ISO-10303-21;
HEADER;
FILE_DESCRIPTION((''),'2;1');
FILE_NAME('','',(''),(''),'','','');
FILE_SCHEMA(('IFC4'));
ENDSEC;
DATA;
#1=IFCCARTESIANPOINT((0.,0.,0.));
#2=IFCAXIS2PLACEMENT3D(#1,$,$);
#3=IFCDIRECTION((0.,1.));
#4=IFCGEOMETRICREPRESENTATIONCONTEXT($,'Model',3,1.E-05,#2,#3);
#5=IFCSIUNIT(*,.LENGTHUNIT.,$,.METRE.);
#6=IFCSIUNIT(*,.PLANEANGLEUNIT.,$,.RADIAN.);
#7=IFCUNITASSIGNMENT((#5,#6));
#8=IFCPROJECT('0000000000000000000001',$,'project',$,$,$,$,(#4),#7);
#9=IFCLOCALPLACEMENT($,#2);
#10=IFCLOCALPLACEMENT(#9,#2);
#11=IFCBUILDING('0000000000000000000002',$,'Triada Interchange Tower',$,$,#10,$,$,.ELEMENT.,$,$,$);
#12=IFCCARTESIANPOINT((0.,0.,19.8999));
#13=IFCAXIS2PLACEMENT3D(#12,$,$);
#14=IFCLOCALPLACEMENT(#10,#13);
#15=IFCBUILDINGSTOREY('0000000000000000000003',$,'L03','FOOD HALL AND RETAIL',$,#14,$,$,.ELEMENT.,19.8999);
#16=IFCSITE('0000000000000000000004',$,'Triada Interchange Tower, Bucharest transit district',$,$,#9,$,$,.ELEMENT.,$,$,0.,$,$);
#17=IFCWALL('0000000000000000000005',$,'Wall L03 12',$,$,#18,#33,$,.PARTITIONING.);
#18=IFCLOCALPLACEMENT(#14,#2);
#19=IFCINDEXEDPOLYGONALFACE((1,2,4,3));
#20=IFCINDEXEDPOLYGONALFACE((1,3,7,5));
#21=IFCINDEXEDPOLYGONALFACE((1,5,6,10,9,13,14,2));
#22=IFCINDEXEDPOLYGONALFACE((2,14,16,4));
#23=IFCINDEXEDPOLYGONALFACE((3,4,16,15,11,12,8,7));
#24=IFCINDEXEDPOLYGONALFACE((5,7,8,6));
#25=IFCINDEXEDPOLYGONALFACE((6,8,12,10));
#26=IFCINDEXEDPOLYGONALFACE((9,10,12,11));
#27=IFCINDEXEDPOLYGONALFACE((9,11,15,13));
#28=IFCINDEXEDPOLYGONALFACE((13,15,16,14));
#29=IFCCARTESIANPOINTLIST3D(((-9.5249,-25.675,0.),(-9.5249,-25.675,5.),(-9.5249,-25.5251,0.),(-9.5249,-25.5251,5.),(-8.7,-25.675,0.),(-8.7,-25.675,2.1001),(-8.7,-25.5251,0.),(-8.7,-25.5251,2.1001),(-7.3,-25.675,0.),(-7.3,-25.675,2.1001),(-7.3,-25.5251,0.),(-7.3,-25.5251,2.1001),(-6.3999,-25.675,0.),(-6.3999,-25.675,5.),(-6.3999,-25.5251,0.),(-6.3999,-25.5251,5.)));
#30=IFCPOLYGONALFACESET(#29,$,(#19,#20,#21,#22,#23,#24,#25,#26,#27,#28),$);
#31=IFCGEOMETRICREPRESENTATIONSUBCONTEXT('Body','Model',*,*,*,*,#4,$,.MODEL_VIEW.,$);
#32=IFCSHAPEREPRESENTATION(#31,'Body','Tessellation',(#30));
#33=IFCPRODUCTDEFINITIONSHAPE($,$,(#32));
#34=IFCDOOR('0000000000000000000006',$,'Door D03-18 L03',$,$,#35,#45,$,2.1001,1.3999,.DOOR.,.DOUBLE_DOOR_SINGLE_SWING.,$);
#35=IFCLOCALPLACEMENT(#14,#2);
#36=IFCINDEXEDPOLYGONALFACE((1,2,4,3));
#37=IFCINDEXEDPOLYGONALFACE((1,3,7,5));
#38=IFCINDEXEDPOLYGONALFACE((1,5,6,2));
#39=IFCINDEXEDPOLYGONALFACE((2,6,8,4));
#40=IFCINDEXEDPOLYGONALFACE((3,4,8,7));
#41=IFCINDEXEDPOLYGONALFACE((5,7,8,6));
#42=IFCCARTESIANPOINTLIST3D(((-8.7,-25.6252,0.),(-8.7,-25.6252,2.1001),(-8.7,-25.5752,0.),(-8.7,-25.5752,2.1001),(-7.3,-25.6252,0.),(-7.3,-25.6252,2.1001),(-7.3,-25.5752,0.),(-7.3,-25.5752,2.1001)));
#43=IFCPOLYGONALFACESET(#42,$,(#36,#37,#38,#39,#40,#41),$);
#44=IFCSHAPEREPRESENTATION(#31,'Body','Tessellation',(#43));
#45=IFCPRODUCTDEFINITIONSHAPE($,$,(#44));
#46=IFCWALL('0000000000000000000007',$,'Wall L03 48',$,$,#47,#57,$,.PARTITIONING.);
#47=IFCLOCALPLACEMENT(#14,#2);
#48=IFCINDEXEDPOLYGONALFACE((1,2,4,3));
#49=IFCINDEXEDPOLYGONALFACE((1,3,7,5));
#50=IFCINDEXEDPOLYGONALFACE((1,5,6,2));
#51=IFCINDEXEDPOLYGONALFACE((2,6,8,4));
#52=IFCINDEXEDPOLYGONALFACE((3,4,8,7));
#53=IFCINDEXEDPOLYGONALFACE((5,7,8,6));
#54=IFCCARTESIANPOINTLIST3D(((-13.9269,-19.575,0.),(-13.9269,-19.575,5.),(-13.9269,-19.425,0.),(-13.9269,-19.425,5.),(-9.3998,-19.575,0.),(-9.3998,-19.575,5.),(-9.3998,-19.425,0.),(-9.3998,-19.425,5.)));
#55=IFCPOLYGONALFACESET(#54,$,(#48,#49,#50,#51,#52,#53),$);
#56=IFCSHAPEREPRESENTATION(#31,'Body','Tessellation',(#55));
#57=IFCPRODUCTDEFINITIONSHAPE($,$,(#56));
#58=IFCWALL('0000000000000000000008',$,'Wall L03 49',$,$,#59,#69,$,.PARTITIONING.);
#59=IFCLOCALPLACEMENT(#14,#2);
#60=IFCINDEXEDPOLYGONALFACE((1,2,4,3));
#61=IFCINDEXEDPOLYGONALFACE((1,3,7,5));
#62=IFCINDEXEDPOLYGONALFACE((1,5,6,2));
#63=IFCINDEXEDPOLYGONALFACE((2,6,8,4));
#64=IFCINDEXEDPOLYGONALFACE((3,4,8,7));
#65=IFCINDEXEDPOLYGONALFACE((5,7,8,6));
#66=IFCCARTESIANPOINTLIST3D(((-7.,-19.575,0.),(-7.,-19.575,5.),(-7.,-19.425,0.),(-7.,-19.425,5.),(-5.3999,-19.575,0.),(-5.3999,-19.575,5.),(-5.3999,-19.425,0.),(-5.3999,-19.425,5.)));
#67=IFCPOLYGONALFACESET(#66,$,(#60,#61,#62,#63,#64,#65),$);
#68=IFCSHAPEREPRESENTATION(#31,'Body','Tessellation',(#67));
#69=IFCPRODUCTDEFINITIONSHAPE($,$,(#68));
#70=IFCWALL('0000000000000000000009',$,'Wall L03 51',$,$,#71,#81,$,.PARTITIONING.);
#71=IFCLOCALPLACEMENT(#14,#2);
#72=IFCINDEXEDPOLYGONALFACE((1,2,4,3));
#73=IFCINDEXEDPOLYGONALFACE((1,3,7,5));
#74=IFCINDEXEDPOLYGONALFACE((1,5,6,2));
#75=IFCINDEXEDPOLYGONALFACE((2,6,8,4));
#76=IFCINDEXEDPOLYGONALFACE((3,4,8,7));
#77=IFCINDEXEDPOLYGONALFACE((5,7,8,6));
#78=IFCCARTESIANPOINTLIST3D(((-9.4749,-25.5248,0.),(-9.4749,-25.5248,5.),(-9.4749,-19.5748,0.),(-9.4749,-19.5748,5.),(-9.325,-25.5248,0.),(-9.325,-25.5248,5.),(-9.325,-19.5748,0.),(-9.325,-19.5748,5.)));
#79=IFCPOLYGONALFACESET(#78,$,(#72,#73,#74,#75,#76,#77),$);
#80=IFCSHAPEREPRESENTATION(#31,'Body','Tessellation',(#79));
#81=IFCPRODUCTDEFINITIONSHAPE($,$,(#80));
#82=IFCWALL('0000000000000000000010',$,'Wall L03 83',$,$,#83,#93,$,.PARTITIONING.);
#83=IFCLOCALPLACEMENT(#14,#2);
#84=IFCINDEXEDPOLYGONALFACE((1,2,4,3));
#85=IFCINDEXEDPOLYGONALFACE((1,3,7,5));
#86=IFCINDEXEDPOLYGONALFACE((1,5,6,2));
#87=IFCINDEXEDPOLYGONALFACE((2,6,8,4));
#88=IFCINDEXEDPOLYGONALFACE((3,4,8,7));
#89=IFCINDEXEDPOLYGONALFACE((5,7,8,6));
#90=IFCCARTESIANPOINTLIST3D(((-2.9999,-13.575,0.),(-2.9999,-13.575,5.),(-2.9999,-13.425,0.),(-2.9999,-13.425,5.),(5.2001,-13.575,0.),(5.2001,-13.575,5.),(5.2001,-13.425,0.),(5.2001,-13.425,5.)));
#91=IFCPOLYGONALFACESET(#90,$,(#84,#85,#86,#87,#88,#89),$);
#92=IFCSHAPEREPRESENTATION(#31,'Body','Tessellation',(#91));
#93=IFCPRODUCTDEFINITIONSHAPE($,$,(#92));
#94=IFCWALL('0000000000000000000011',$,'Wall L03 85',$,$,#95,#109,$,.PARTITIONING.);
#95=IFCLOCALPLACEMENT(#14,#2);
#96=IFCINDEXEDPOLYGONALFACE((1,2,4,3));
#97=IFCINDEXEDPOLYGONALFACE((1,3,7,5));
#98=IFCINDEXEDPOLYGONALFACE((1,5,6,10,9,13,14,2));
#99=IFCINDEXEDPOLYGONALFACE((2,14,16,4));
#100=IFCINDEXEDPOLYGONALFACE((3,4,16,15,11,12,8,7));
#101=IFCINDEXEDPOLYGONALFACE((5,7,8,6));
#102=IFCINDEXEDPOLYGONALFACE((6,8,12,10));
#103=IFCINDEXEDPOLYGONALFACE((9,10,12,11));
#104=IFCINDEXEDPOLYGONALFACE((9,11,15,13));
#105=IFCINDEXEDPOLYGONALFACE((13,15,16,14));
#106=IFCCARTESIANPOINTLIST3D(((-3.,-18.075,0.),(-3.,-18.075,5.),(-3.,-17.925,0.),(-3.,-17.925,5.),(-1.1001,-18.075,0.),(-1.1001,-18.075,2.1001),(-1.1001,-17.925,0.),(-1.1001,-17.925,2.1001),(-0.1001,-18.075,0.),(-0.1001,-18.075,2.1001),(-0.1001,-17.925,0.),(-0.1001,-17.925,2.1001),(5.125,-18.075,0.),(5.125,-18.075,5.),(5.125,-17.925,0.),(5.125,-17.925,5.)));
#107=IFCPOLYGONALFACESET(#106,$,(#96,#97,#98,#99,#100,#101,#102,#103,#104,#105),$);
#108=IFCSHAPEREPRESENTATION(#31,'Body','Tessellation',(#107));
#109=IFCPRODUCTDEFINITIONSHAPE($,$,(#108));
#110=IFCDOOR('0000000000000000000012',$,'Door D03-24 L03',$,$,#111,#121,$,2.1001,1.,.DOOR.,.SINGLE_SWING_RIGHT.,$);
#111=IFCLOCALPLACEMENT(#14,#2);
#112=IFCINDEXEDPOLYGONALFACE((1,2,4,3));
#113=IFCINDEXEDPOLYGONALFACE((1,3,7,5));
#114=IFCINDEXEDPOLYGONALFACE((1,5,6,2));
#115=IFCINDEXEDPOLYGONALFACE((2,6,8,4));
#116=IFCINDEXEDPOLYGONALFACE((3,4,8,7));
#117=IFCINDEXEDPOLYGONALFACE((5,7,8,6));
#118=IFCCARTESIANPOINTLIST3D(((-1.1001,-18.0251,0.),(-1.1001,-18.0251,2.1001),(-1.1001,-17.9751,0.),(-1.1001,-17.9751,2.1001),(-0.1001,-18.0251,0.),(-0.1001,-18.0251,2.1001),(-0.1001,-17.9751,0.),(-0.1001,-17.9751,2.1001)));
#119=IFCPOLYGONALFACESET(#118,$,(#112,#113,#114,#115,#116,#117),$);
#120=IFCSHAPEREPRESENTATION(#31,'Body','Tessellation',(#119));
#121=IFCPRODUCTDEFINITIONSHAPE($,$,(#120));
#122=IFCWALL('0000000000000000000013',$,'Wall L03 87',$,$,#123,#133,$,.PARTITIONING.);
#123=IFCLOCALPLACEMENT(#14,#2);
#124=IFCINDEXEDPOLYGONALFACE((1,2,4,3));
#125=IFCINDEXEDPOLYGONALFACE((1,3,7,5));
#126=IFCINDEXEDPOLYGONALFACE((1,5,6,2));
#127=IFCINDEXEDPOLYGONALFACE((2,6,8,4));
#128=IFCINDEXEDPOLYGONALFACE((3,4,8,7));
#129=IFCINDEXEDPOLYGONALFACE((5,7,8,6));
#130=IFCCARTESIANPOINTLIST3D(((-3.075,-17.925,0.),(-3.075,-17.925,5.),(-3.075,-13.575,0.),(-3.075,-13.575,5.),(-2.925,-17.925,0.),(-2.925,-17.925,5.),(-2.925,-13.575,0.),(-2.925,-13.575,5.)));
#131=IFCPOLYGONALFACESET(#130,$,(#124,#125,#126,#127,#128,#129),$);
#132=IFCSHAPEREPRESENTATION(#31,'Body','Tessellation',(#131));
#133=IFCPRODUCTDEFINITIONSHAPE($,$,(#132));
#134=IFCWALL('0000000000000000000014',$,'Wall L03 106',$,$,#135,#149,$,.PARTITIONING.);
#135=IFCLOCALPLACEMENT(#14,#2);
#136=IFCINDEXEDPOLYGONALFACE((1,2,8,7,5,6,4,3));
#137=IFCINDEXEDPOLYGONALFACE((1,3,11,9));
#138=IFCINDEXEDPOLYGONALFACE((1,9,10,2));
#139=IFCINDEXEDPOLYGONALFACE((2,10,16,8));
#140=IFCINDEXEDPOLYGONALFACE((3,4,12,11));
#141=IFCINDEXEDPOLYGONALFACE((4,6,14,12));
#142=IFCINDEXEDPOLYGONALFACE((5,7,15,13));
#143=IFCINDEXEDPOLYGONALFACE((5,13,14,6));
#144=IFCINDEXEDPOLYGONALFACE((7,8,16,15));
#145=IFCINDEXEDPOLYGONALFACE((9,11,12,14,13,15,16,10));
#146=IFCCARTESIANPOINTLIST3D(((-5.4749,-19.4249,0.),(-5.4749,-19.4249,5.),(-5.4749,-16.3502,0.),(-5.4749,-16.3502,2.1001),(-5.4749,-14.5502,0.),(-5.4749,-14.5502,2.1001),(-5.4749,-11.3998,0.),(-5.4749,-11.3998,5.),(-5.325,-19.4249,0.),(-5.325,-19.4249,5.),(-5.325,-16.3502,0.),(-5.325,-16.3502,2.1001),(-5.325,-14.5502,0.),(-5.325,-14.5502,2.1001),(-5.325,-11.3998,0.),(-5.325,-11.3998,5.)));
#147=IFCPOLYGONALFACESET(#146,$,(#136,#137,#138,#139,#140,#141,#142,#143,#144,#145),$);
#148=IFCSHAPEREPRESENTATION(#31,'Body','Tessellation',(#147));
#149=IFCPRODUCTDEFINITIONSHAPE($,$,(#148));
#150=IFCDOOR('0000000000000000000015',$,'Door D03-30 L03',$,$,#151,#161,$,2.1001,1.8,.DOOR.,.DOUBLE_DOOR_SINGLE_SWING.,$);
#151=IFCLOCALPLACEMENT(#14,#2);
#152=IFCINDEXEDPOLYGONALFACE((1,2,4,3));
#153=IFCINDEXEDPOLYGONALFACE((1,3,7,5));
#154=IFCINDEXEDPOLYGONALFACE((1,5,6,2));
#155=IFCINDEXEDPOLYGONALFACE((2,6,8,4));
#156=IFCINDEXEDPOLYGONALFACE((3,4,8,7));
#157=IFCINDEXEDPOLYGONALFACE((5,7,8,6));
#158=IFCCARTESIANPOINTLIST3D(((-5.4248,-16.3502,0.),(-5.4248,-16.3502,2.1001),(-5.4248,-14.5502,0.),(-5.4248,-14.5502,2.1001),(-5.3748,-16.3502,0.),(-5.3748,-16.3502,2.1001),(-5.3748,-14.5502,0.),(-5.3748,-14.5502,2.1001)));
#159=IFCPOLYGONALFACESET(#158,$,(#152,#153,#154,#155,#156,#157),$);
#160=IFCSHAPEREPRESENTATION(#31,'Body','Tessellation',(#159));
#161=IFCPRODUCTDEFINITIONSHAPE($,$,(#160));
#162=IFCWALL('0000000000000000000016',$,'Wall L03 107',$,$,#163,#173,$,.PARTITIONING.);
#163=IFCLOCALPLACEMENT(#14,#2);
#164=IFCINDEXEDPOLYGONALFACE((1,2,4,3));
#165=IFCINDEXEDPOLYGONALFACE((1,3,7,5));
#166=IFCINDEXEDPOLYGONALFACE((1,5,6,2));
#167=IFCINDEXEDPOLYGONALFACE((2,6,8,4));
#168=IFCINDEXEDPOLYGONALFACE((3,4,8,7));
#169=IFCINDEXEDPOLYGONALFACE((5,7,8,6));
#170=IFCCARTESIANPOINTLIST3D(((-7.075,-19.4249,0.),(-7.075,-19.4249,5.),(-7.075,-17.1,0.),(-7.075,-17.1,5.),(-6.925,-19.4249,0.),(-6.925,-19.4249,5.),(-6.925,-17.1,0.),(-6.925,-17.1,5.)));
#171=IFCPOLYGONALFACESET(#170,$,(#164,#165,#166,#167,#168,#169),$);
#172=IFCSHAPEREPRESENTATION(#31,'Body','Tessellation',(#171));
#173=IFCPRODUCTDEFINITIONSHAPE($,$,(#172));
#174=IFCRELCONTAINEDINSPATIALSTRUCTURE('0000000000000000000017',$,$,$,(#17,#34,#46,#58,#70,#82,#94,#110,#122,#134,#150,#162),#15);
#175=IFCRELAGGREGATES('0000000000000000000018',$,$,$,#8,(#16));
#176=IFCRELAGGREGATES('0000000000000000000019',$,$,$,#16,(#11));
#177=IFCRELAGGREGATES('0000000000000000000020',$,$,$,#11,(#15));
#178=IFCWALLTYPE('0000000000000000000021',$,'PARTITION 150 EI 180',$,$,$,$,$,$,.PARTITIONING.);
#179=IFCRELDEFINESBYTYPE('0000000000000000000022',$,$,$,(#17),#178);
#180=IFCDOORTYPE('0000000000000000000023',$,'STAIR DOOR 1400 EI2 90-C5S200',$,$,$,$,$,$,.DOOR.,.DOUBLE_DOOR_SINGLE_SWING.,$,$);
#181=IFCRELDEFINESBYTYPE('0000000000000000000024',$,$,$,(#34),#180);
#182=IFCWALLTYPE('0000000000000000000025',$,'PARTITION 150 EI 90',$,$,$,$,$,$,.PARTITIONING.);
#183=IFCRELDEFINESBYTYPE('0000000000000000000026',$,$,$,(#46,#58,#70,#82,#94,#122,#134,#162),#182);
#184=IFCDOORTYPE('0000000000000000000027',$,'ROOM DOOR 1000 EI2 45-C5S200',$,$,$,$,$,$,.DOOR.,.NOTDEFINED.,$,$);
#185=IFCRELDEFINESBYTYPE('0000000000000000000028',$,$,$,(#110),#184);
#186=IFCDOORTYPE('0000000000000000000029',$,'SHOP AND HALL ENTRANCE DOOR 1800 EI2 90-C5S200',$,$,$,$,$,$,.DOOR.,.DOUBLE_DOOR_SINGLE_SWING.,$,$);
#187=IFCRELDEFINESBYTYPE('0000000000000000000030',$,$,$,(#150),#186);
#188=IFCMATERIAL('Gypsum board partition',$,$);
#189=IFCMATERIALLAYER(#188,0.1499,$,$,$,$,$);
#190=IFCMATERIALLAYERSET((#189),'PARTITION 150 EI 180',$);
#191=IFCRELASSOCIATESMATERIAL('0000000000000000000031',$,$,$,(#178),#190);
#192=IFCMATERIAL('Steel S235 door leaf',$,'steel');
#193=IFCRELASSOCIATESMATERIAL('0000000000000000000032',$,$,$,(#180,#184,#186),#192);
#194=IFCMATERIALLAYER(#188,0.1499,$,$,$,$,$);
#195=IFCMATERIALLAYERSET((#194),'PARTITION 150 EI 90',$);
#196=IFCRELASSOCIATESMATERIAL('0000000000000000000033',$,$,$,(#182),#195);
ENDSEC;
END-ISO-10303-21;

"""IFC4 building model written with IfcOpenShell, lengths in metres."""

from ifc_helpers import new_model, si_unit, direction, frame, frame_2d, origin, place, context, subcontext, project, spatial, rectangle, extrude, material, layer, layer_set, type_object, element, fill, save


model = new_model("IFC4")

# Units and contexts
model_context = context("Model", 3, precision=1e-05, world=origin(), true_north=direction((0.0, 1.0)))
body_context = subcontext(model_context, "Body", "Model", "MODEL_VIEW")
ifc_project = project(units=[si_unit("LENGTHUNIT", "METRE"), si_unit("PLANEANGLEUNIT", "RADIAN")], contexts=[model_context])

# Site, building, storey
site_placement = place(None, origin())
site = spatial("IfcSite", under=ifc_project, at=site_placement, Name="Triada Interchange Tower, Bucharest transit district", CompositionType="ELEMENT", RefElevation=0.0)
building_placement = place(site_placement, origin())
building = spatial("IfcBuilding", under=site, at=building_placement, Name="Triada Interchange Tower", CompositionType="ELEMENT")
storey_placement = place(building_placement, frame((0.0, 0.0, 19.8999)))
storey = spatial("IfcBuildingStorey", under=building, at=storey_placement, Name="L03", Description="FOOD HALL AND RETAIL", CompositionType="ELEMENT", Elevation=19.8999)

# Shared definitions
ifc_material_1 = material(Name="Steel S235 door leaf", Category="steel")

# Wall, opening, door
ifc_material_2 = material(Name="Gypsum board partition")
ifc_layer_1 = layer(ifc_material_2, 0.1499)
ifc_layer_set_1 = layer_set([ifc_layer_1], Name="PARTITION 150 EI 180")
wall_type_1 = type_object("IfcWallType", Name="PARTITION 150 EI 180", PredefinedType="PARTITIONING", material=ifc_layer_set_1)
wall_1_placement = place(storey_placement, frame((-9.5249, -25.6001, 0.0), z_axis=(0.0, 0.0, 1.0), x_axis=(1.0, 0.0, 0.0)))
wall_1 = element("IfcWall", 1, at=wall_1_placement, inside=storey, type_object=wall_type_1, Name="Wall L03 12", PredefinedType="PARTITIONING", context=body_context, shape_type="SweptSolid", body=[
    extrude(rectangle(XDim=3.125, YDim=0.1499, at=frame_2d((1.5625, 0.0))), origin(), (0.0, 0.0, 1.0), 5.0),
])
opening_1_placement = place(wall_1_placement, frame((0.825, 0.0, 0.0)))
opening_1 = element("IfcOpeningElement", 2, at=opening_1_placement, cuts=wall_1, PredefinedType="OPENING", context=body_context, shape_type="SweptSolid", body=[
    extrude(rectangle(XDim=1.3999, YDim=2.1001, at=frame_2d((0.7, 1.05))), frame((0.0, 0.085, 0.0), z_axis=(0.0, -1.0, 0.0), x_axis=(1.0, 0.0, 0.0)), (0.0, 0.0, 1.0), 0.1699),
])
door_type_1 = type_object("IfcDoorType", Name="STAIR DOOR 1400 EI2 90-C5S200", OperationType="DOUBLE_DOOR_SINGLE_SWING", PredefinedType="DOOR", material=ifc_material_1)
door_1_placement = place(opening_1_placement, origin())
door_1 = element("IfcDoor", 3, at=door_1_placement, inside=storey, type_object=door_type_1, Name="Door D03-18 L03", OperationType="DOUBLE_DOOR_SINGLE_SWING", OverallHeight=2.1001, OverallWidth=1.3999, PredefinedType="DOOR", context=body_context, shape_type="SweptSolid", body=[
    extrude(rectangle(XDim=1.3999, YDim=2.1001, at=frame_2d((0.7, 1.05))), frame((0.0, 0.0249, 0.0), z_axis=(0.0, -1.0, 0.0), x_axis=(1.0, 0.0, 0.0)), (0.0, 0.0, 1.0), 0.05),
])
fill(opening_1, door_1)

# Walls
ifc_layer_2 = layer(ifc_material_2, 0.1499)
ifc_layer_set_2 = layer_set([ifc_layer_2], Name="PARTITION 150 EI 90")
wall_type_2 = type_object("IfcWallType", Name="PARTITION 150 EI 90", PredefinedType="PARTITIONING", material=ifc_layer_set_2)
wall_2_placement = place(storey_placement, frame((-13.927, -19.5, 0.0), z_axis=(0.0, 0.0, 1.0), x_axis=(1.0, 0.0, 0.0)))
element("IfcWall", 4, at=wall_2_placement, inside=storey, type_object=wall_type_2, Name="Wall L03 48", PredefinedType="PARTITIONING", context=body_context, shape_type="SweptSolid", body=[
    extrude(rectangle(XDim=4.5271, YDim=0.1499, at=frame_2d((2.2637, 0.0))), origin(), (0.0, 0.0, 1.0), 5.0),
])
wall_3_placement = place(storey_placement, frame((-7.0, -19.5, 0.0), z_axis=(0.0, 0.0, 1.0), x_axis=(1.0, 0.0, 0.0)))
element("IfcWall", 5, at=wall_3_placement, inside=storey, type_object=wall_type_2, Name="Wall L03 49", PredefinedType="PARTITIONING", context=body_context, shape_type="SweptSolid", body=[
    extrude(rectangle(XDim=1.6001, YDim=0.1499, at=frame_2d((0.8, 0.0))), origin(), (0.0, 0.0, 1.0), 5.0),
])
wall_4_placement = place(storey_placement, frame((-9.3999, -25.5249, 0.0), z_axis=(0.0, 0.0, 1.0), x_axis=(0.0, 1.0, 0.0)))
element("IfcWall", 6, at=wall_4_placement, inside=storey, type_object=wall_type_2, Name="Wall L03 51", PredefinedType="PARTITIONING", context=body_context, shape_type="SweptSolid", body=[
    extrude(rectangle(XDim=5.95, YDim=0.1499, at=frame_2d((2.9751, 0.0))), origin(), (0.0, 0.0, 1.0), 5.0),
])
wall_5_placement = place(storey_placement, frame((-3.0, -13.5, 0.0), z_axis=(0.0, 0.0, 1.0), x_axis=(1.0, 0.0, 0.0)))
element("IfcWall", 7, at=wall_5_placement, inside=storey, type_object=wall_type_2, Name="Wall L03 83", PredefinedType="PARTITIONING", context=body_context, shape_type="SweptSolid", body=[
    extrude(rectangle(XDim=8.2, YDim=0.1499, at=frame_2d((4.1001, 0.0))), origin(), (0.0, 0.0, 1.0), 5.0),
])

# Wall, opening, door
wall_6_placement = place(storey_placement, frame((-3.0, -18.0, 0.0), z_axis=(0.0, 0.0, 1.0), x_axis=(1.0, 0.0, 0.0)))
wall_6 = element("IfcWall", 8, at=wall_6_placement, inside=storey, type_object=wall_type_2, Name="Wall L03 85", PredefinedType="PARTITIONING", context=body_context, shape_type="SweptSolid", body=[
    extrude(rectangle(XDim=8.125, YDim=0.1499, at=frame_2d((4.0625, 0.0))), origin(), (0.0, 0.0, 1.0), 5.0),
])
opening_2_placement = place(wall_6_placement, frame((1.8999, 0.0, 0.0)))
opening_2 = element("IfcOpeningElement", 9, at=opening_2_placement, cuts=wall_6, PredefinedType="OPENING", context=body_context, shape_type="SweptSolid", body=[
    extrude(rectangle(XDim=1.0, YDim=2.1001, at=frame_2d((0.5, 1.05))), frame((0.0, 0.085, 0.0), z_axis=(0.0, -1.0, 0.0), x_axis=(1.0, 0.0, 0.0)), (0.0, 0.0, 1.0), 0.1699),
])
door_type_2 = type_object("IfcDoorType", Name="ROOM DOOR 1000 EI2 45-C5S200", OperationType="NOTDEFINED", PredefinedType="DOOR", material=ifc_material_1)
door_2_placement = place(opening_2_placement, origin())
door_2 = element("IfcDoor", 10, at=door_2_placement, inside=storey, type_object=door_type_2, Name="Door D03-24 L03", OperationType="SINGLE_SWING_RIGHT", OverallHeight=2.1001, OverallWidth=1.0, PredefinedType="DOOR", context=body_context, shape_type="SweptSolid", body=[
    extrude(rectangle(XDim=1.0, YDim=2.1001, at=frame_2d((0.5, 1.05))), frame((0.0, 0.0249, 0.0), z_axis=(0.0, -1.0, 0.0), x_axis=(1.0, 0.0, 0.0)), (0.0, 0.0, 1.0), 0.05),
])
fill(opening_2, door_2)

# Wall
wall_7_placement = place(storey_placement, frame((-3.0, -17.925, 0.0), z_axis=(0.0, 0.0, 1.0), x_axis=(0.0, 1.0, 0.0)))
element("IfcWall", 11, at=wall_7_placement, inside=storey, type_object=wall_type_2, Name="Wall L03 87", PredefinedType="PARTITIONING", context=body_context, shape_type="SweptSolid", body=[
    extrude(rectangle(XDim=4.3501, YDim=0.1499, at=frame_2d((2.175, 0.0))), origin(), (0.0, 0.0, 1.0), 5.0),
])

# Wall, opening, door
wall_8_placement = place(storey_placement, frame((-5.3999, -19.425, 0.0), z_axis=(0.0, 0.0, 1.0), x_axis=(0.0, 1.0, 0.0)))
wall_8 = element("IfcWall", 12, at=wall_8_placement, inside=storey, type_object=wall_type_2, Name="Wall L03 106", PredefinedType="PARTITIONING", context=body_context, shape_type="SweptSolid", body=[
    extrude(rectangle(XDim=8.0251, YDim=0.1499, at=frame_2d((4.0127, 0.0))), origin(), (0.0, 0.0, 1.0), 5.0),
])
opening_3_placement = place(wall_8_placement, frame((3.075, 0.0, 0.0)))
opening_3 = element("IfcOpeningElement", 13, at=opening_3_placement, cuts=wall_8, PredefinedType="OPENING", context=body_context, shape_type="SweptSolid", body=[
    extrude(rectangle(XDim=1.8, YDim=2.1001, at=frame_2d((0.8999, 1.05))), frame((0.0, 0.085, 0.0), z_axis=(0.0, -1.0, 0.0), x_axis=(1.0, 0.0, 0.0)), (0.0, 0.0, 1.0), 0.1699),
])
door_type_3 = type_object("IfcDoorType", Name="SHOP AND HALL ENTRANCE DOOR 1800 EI2 90-C5S200", OperationType="DOUBLE_DOOR_SINGLE_SWING", PredefinedType="DOOR", material=ifc_material_1)
door_3_placement = place(opening_3_placement, origin())
door_3 = element("IfcDoor", 14, at=door_3_placement, inside=storey, type_object=door_type_3, Name="Door D03-30 L03", OperationType="DOUBLE_DOOR_SINGLE_SWING", OverallHeight=2.1001, OverallWidth=1.8, PredefinedType="DOOR", context=body_context, shape_type="SweptSolid", body=[
    extrude(rectangle(XDim=1.8, YDim=2.1001, at=frame_2d((0.8999, 1.05))), frame((0.0, 0.0249, 0.0), z_axis=(0.0, -1.0, 0.0), x_axis=(1.0, 0.0, 0.0)), (0.0, 0.0, 1.0), 0.05),
])
fill(opening_3, door_3)

# Wall
wall_9_placement = place(storey_placement, frame((-7.0, -19.425, 0.0), z_axis=(0.0, 0.0, 1.0), x_axis=(0.0, 1.0, 0.0)))
element("IfcWall", 15, at=wall_9_placement, inside=storey, type_object=wall_type_2, Name="Wall L03 107", PredefinedType="PARTITIONING", context=body_context, shape_type="SweptSolid", body=[
    extrude(rectangle(XDim=2.325, YDim=0.1499, at=frame_2d((1.1626, 0.0))), origin(), (0.0, 0.0, 1.0), 5.0),
])

save(model, "model.ifc")
